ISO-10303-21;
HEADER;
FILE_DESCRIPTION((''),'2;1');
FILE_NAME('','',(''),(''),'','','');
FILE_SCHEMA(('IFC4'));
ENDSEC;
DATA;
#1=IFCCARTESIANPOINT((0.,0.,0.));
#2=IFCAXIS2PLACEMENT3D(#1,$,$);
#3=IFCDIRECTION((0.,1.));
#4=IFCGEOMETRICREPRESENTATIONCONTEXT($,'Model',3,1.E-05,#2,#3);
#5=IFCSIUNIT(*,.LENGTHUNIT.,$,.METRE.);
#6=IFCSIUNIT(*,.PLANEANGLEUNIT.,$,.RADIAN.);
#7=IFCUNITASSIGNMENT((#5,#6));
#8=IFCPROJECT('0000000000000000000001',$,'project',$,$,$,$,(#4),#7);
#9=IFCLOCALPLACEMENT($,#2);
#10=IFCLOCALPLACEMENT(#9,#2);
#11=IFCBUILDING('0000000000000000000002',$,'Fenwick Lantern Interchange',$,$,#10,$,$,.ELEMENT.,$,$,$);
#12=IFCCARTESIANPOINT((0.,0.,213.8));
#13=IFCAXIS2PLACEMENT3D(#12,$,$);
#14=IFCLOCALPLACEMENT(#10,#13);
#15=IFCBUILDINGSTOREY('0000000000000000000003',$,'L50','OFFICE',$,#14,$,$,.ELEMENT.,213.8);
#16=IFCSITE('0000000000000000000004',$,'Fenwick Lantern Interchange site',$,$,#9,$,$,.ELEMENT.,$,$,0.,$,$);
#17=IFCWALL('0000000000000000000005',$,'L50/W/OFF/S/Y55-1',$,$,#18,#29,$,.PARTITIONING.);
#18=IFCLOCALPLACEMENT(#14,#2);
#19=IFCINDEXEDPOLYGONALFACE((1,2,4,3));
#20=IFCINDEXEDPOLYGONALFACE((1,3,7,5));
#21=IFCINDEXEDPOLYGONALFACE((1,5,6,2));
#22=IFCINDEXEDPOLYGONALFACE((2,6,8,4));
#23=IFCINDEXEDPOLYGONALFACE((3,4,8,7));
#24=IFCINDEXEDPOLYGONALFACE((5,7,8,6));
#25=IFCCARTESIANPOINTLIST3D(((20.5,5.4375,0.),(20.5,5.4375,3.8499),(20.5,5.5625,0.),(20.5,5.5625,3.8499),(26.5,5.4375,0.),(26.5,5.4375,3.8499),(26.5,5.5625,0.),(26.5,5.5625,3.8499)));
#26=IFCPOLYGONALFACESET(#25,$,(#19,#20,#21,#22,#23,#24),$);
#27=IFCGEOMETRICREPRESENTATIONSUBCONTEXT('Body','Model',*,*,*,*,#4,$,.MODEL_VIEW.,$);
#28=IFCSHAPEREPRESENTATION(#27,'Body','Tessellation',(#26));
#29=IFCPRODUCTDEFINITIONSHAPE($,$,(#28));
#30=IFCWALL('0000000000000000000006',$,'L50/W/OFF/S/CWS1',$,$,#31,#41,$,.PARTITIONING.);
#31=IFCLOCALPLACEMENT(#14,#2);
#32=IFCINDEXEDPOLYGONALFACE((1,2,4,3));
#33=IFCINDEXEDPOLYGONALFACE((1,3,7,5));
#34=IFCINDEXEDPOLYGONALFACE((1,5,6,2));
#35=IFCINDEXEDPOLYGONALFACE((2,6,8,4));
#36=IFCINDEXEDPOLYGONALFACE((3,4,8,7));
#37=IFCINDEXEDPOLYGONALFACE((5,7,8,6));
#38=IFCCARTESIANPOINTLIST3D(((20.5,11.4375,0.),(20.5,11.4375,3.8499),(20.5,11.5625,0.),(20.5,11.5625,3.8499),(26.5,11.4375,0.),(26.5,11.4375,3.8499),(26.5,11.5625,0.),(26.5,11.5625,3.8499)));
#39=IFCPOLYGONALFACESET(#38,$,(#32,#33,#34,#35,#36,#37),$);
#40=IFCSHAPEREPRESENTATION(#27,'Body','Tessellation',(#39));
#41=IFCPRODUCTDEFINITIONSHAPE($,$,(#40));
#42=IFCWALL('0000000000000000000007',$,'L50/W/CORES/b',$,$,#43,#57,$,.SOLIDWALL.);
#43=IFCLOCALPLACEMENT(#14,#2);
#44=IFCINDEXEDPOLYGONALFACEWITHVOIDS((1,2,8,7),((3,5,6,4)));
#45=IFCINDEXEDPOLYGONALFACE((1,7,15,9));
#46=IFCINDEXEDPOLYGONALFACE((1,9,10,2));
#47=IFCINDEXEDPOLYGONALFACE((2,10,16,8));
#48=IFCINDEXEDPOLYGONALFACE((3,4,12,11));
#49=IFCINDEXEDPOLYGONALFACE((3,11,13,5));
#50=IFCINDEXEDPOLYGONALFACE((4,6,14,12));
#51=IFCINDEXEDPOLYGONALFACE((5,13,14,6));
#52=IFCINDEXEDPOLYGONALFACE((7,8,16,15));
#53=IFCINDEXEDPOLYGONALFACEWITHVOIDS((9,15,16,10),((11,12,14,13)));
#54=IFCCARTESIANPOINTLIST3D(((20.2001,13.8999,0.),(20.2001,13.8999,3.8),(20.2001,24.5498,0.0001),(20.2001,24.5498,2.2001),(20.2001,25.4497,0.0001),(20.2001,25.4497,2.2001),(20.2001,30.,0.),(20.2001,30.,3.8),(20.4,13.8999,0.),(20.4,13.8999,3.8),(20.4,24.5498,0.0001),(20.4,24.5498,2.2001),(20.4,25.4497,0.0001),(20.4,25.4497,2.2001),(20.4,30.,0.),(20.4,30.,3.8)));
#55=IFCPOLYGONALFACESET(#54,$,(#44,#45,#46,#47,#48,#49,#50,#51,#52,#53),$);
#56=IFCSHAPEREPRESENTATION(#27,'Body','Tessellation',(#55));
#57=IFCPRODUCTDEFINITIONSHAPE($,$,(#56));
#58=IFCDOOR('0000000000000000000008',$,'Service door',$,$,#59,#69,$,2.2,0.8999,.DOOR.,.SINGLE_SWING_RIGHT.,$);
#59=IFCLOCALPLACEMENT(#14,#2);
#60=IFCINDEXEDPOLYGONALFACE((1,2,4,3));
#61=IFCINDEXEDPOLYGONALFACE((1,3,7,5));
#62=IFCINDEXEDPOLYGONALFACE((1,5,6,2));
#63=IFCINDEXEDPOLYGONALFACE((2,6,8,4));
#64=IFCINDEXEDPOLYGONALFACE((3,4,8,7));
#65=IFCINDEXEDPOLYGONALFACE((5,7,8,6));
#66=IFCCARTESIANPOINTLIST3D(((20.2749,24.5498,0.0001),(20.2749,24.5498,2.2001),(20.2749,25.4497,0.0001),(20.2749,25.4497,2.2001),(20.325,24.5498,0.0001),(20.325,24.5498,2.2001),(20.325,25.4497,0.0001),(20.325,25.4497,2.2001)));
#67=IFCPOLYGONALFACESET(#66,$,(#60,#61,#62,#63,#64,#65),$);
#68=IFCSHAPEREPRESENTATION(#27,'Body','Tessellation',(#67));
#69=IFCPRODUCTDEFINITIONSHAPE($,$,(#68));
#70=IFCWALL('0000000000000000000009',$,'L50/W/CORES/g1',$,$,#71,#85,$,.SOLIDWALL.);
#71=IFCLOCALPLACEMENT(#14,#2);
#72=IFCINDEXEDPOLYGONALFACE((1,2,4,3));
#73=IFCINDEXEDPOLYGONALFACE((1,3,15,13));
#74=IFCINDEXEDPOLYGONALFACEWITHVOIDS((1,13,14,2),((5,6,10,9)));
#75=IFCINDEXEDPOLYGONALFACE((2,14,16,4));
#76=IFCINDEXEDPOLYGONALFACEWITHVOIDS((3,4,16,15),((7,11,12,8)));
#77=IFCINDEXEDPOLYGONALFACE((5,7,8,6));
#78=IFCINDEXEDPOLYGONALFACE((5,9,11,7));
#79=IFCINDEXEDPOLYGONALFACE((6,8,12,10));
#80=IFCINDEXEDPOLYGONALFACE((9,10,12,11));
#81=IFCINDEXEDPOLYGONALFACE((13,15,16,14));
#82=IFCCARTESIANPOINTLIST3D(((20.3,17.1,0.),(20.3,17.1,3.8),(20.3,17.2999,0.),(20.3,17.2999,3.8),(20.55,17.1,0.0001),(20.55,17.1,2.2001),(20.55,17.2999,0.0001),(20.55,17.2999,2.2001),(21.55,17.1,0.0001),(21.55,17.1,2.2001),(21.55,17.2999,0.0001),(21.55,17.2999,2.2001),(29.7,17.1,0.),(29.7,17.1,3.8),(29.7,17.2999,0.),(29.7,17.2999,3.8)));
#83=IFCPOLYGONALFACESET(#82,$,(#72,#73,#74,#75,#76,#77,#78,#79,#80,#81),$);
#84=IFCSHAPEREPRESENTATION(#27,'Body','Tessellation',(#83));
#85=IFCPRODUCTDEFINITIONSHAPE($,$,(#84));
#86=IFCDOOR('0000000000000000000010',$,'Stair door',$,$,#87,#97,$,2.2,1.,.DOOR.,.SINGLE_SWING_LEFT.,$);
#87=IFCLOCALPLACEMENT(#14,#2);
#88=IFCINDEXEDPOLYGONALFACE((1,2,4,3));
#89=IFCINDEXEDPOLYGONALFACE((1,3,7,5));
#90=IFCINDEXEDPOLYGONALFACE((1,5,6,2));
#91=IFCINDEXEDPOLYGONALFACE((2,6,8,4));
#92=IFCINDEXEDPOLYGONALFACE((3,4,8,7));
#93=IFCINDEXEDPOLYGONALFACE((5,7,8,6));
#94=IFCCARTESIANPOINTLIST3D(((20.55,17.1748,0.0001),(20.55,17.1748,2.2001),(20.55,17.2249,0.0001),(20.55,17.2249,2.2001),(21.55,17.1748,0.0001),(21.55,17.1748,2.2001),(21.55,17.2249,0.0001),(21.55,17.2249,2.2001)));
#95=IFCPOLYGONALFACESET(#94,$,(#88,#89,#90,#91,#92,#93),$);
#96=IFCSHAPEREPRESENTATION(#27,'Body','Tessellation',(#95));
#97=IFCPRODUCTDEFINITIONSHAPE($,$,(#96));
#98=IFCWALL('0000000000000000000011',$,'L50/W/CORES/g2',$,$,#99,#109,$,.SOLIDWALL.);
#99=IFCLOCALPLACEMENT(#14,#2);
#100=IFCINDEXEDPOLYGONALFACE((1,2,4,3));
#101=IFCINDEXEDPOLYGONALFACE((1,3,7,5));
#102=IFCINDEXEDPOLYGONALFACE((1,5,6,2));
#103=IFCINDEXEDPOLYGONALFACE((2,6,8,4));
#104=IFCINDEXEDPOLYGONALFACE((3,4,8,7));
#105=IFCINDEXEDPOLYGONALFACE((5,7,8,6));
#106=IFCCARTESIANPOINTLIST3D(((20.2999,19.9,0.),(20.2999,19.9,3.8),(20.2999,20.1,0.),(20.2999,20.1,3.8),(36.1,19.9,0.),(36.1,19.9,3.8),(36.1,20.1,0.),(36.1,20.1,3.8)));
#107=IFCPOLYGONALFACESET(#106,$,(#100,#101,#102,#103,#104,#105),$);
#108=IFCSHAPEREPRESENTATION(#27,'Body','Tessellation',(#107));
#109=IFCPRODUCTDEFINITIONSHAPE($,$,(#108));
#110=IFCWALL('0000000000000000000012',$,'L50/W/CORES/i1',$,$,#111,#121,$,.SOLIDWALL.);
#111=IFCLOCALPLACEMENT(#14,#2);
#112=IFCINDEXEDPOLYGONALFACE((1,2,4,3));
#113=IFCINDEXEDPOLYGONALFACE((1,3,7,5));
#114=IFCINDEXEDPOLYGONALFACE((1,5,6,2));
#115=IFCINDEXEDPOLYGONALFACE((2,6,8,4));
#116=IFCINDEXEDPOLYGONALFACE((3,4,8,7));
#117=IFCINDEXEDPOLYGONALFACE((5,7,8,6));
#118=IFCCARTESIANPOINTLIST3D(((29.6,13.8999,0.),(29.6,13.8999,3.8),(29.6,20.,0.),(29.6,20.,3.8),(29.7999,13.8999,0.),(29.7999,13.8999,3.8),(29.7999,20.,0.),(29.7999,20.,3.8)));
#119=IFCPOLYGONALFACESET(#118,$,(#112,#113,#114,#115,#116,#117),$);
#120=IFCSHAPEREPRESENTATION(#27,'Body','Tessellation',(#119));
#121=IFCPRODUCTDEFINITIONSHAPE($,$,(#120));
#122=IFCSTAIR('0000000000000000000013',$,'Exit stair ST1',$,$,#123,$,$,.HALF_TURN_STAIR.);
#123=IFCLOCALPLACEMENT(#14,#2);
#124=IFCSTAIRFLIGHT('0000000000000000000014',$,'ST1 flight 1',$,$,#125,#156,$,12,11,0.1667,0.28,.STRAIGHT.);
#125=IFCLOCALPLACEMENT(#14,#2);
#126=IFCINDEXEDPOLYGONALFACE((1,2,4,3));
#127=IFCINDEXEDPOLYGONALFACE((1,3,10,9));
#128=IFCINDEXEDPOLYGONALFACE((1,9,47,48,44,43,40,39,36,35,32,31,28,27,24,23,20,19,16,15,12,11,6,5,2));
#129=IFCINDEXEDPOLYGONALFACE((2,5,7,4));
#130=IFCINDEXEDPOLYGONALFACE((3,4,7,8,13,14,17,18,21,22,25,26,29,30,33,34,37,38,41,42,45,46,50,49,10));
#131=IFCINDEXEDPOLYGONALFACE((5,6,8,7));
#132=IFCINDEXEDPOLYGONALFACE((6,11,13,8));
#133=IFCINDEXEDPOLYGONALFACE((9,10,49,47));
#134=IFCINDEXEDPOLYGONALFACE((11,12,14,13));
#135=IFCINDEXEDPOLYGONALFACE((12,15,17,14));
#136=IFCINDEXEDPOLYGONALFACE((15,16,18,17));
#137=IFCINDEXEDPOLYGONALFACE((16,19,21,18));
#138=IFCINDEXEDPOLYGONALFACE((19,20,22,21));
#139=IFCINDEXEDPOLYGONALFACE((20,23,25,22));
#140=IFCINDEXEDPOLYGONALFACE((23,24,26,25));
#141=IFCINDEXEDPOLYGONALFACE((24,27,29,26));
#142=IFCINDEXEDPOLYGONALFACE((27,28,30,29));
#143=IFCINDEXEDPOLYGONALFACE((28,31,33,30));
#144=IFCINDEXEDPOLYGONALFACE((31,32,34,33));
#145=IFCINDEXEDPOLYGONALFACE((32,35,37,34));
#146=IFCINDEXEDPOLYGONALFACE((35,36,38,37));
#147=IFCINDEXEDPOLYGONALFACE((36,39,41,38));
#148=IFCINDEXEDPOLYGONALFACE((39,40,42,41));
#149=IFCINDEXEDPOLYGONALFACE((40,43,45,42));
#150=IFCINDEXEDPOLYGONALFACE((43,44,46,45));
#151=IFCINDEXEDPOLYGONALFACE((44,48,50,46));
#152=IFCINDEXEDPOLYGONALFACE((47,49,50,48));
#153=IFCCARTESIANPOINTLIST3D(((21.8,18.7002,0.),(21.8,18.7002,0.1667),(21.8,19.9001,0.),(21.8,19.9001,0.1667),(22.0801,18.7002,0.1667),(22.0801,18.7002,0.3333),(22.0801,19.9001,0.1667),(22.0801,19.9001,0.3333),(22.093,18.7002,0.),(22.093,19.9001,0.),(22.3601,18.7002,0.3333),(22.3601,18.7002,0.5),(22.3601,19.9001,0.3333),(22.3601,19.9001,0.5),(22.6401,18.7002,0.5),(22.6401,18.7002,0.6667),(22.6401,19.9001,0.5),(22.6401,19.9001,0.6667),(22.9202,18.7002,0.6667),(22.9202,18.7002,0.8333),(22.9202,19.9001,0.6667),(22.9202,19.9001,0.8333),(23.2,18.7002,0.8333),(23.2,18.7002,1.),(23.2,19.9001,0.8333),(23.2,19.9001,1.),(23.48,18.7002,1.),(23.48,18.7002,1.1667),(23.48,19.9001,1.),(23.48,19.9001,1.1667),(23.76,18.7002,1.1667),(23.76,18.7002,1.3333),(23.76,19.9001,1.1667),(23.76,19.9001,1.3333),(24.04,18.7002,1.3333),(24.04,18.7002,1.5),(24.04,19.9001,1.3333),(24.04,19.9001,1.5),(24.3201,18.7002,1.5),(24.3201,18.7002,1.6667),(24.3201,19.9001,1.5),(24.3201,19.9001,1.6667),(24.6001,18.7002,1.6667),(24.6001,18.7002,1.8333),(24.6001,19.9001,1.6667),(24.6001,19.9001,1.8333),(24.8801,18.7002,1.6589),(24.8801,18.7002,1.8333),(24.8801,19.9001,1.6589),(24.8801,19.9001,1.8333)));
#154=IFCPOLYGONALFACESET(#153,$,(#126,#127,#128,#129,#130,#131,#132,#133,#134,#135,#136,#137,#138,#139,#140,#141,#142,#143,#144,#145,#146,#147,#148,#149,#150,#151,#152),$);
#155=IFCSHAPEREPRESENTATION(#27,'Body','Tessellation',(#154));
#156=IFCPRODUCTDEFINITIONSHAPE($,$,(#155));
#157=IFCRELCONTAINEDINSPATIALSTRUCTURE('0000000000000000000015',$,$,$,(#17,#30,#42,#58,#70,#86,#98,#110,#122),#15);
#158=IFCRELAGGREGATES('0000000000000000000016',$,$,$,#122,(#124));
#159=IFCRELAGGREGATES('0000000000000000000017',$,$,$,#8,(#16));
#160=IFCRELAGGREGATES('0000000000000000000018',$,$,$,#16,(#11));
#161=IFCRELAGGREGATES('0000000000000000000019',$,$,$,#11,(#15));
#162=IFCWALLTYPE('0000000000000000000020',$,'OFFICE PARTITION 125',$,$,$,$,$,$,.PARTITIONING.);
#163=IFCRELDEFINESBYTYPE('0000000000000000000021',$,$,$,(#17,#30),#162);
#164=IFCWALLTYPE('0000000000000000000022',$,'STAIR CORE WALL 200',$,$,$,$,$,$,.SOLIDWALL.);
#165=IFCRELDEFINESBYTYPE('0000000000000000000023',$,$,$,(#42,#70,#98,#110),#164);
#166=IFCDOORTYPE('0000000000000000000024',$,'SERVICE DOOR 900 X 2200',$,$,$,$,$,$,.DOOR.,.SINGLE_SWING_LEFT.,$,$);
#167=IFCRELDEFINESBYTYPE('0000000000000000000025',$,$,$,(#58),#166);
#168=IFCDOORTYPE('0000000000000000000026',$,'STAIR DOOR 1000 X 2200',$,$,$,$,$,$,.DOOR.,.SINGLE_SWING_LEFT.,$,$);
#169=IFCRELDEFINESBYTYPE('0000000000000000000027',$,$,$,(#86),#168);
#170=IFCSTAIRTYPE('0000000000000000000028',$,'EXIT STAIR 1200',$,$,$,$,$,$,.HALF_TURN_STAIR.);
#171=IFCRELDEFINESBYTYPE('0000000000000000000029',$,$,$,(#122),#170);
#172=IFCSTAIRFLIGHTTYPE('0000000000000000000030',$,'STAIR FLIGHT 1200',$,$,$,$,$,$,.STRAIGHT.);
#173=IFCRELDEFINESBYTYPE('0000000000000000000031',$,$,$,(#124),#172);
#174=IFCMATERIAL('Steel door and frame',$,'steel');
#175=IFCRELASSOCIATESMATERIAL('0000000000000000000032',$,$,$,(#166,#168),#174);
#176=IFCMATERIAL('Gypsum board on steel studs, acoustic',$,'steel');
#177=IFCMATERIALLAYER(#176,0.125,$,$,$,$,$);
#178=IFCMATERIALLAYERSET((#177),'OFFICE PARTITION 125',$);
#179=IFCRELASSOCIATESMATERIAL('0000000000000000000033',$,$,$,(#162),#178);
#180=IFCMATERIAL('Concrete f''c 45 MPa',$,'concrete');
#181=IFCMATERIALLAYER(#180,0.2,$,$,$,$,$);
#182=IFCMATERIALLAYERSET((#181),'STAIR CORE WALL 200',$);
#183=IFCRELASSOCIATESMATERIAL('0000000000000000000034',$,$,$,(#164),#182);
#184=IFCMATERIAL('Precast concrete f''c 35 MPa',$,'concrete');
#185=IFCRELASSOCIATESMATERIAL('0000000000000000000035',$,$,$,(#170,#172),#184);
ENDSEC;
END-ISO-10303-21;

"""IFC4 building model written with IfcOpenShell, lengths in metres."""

from ifc_helpers import new_model, si_unit, direction, frame, frame_2d, origin, place, context, subcontext, project, spatial, polyline, rectangle, outline, extrude, material, layer, layer_set, type_object, element, fill, aggregate, save


model = new_model("IFC4")

# Units and contexts
model_context = context("Model", 3, precision=1e-05, world=origin(), true_north=direction((0.0, 1.0)))
body_context = subcontext(model_context, "Body", "Model", "MODEL_VIEW")
ifc_project = project(units=[si_unit("LENGTHUNIT", "METRE"), si_unit("PLANEANGLEUNIT", "RADIAN")], contexts=[model_context])

# Site, building, storey
site_placement = place(None, origin())
site = spatial("IfcSite", under=ifc_project, at=site_placement, Name="Fenwick Lantern Interchange site", CompositionType="ELEMENT", RefElevation=0.0)
building_placement = place(site_placement, origin())
building = spatial("IfcBuilding", under=site, at=building_placement, Name="Fenwick Lantern Interchange", CompositionType="ELEMENT")
storey_placement = place(building_placement, frame((0.0, 0.0, 213.8)))
storey = spatial("IfcBuildingStorey", under=building, at=storey_placement, Name="L50", Description="OFFICE", CompositionType="ELEMENT", Elevation=213.8)

# Shared definitions
ifc_material_1 = material(Name="Steel door and frame", Category="steel")
door_type_1 = type_object("IfcDoorType", Name="SERVICE DOOR 900 X 2200", OperationType="SINGLE_SWING_LEFT", PredefinedType="DOOR", material=ifc_material_1)

# Shared definitions
ifc_material_2 = material(Name="Gypsum board on steel studs, acoustic", Category="steel")
ifc_layer_1 = layer(ifc_material_2, 0.125)
ifc_layer_set_1 = layer_set([ifc_layer_1], Name="OFFICE PARTITION 125")
wall_type_1 = type_object("IfcWallType", Name="OFFICE PARTITION 125", PredefinedType="PARTITIONING", material=ifc_layer_set_1)

# Walls
for number, where, z_axis, x_axis, name in (
    (1, (20.5, 5.5, 0.0), (0.0, 0.0, 1.0), (1.0, 0.0, 0.0), "L50/W/OFF/S/Y55-1"),
    (2, (20.5, 11.5, 0.0), (0.0, 0.0, 1.0), (1.0, 0.0, 0.0), "L50/W/OFF/S/CWS1"),
):
    element("IfcWall", number, at=place(storey_placement, frame(where, z_axis=z_axis, x_axis=x_axis)), inside=storey, type_object=wall_type_1, Name=name, PredefinedType="PARTITIONING", context=body_context, shape_type="SweptSolid", body=[
        extrude(rectangle(XDim=6.0, YDim=0.125, at=frame_2d((3.0, 0.0))), origin(), (0.0, 0.0, 1.0), 3.8499),
    ])

# Walls, openings, doors
ifc_material_3 = material(Name="Concrete f'c 45 MPa", Category="concrete")
ifc_layer_2 = layer(ifc_material_3, 0.2)
ifc_layer_set_2 = layer_set([ifc_layer_2], Name="STAIR CORE WALL 200")
wall_type_2 = type_object("IfcWallType", Name="STAIR CORE WALL 200", PredefinedType="SOLIDWALL", material=ifc_layer_set_2)
wall_1_placement = place(storey_placement, frame((20.3, 13.8999, 0.0), z_axis=(0.0, 0.0, 1.0), x_axis=(0.0, 1.0, 0.0)))
wall_1 = element("IfcWall", 3, at=wall_1_placement, inside=storey, type_object=wall_type_2, Name="L50/W/CORES/b", PredefinedType="SOLIDWALL", context=body_context, shape_type="SweptSolid", body=[
    extrude(rectangle(XDim=16.1001, YDim=0.2, at=frame_2d((8.05, 0.0))), origin(), (0.0, 0.0, 1.0), 3.8),
])
opening_1_placement = place(wall_1_placement, frame((10.6499, 0.0, 0.0)))
opening_1 = element("IfcOpeningElement", 4, at=opening_1_placement, cuts=wall_1, PredefinedType="OPENING", context=body_context, shape_type="SweptSolid", body=[
    extrude(rectangle(XDim=0.8999, YDim=2.2, at=frame_2d((0.45, 1.1001))), frame((0.0, 0.1099, 0.0), z_axis=(0.0, -1.0, 0.0), x_axis=(1.0, 0.0, 0.0)), (0.0, 0.0, 1.0), 0.22),
])
door_1_placement = place(opening_1_placement, frame((0.8999, 0.0, 0.0), z_axis=(0.0, 0.0, 1.0), x_axis=(-1.0, 0.0, 0.0)))
door_1 = element("IfcDoor", 5, at=door_1_placement, inside=storey, type_object=door_type_1, Name="Service door", OperationType="SINGLE_SWING_RIGHT", OverallHeight=2.2, OverallWidth=0.8999, PredefinedType="DOOR", context=body_context, shape_type="SweptSolid", body=[
    extrude(rectangle(XDim=0.8999, YDim=2.2, at=frame_2d((0.45, 1.1001))), frame((0.0, 0.0249, 0.0), z_axis=(0.0, -1.0, 0.0), x_axis=(1.0, 0.0, 0.0)), (0.0, 0.0, 1.0), 0.05),
])
fill(opening_1, door_1)
wall_2_placement = place(storey_placement, frame((20.3, 17.2, 0.0), z_axis=(0.0, 0.0, 1.0), x_axis=(1.0, 0.0, 0.0)))
wall_2 = element("IfcWall", 6, at=wall_2_placement, inside=storey, type_object=wall_type_2, Name="L50/W/CORES/g1", PredefinedType="SOLIDWALL", context=body_context, shape_type="SweptSolid", body=[
    extrude(rectangle(XDim=9.3999, YDim=0.2, at=frame_2d((4.7, 0.0))), origin(), (0.0, 0.0, 1.0), 3.8),
])
opening_2_placement = place(wall_2_placement, frame((0.25, 0.0, 0.0)))
opening_2 = element("IfcOpeningElement", 7, at=opening_2_placement, cuts=wall_2, PredefinedType="OPENING", context=body_context, shape_type="SweptSolid", body=[
    extrude(rectangle(XDim=1.0, YDim=2.2, at=frame_2d((0.5, 1.1001))), frame((0.0, 0.1099, 0.0), z_axis=(0.0, -1.0, 0.0), x_axis=(1.0, 0.0, 0.0)), (0.0, 0.0, 1.0), 0.22),
])
door_type_2 = type_object("IfcDoorType", Name="STAIR DOOR 1000 X 2200", OperationType="SINGLE_SWING_LEFT", PredefinedType="DOOR", material=ifc_material_1)
door_2_placement = place(opening_2_placement, origin())
door_2 = element("IfcDoor", 8, at=door_2_placement, inside=storey, type_object=door_type_2, Name="Stair door", OperationType="SINGLE_SWING_LEFT", OverallHeight=2.2, OverallWidth=1.0, PredefinedType="DOOR", context=body_context, shape_type="SweptSolid", body=[
    extrude(rectangle(XDim=1.0, YDim=2.2, at=frame_2d((0.5, 1.1001))), frame((0.0, 0.0249, 0.0), z_axis=(0.0, -1.0, 0.0), x_axis=(1.0, 0.0, 0.0)), (0.0, 0.0, 1.0), 0.05),
])
fill(opening_2, door_2)

# Walls
wall_3_placement = place(storey_placement, frame((20.3, 20.0, 0.0), z_axis=(0.0, 0.0, 1.0), x_axis=(1.0, 0.0, 0.0)))
element("IfcWall", 9, at=wall_3_placement, inside=storey, type_object=wall_type_2, Name="L50/W/CORES/g2", PredefinedType="SOLIDWALL", context=body_context, shape_type="SweptSolid", body=[
    extrude(rectangle(XDim=15.8, YDim=0.2, at=frame_2d((7.8999, 0.0))), origin(), (0.0, 0.0, 1.0), 3.8),
])
wall_4_placement = place(storey_placement, frame((29.7, 13.8999, 0.0), z_axis=(0.0, 0.0, 1.0), x_axis=(0.0, 1.0, 0.0)))
element("IfcWall", 10, at=wall_4_placement, inside=storey, type_object=wall_type_2, Name="L50/W/CORES/i1", PredefinedType="SOLIDWALL", context=body_context, shape_type="SweptSolid", body=[
    extrude(rectangle(XDim=6.1001, YDim=0.2, at=frame_2d((3.05, 0.0))), origin(), (0.0, 0.0, 1.0), 3.8),
])

# Stair, stair flight
ifc_material_4 = material(Name="Precast concrete f'c 35 MPa", Category="concrete")
stair_type = type_object("IfcStairType", Name="EXIT STAIR 1200", PredefinedType="HALF_TURN_STAIR", material=ifc_material_4)
stair_placement = place(storey_placement, origin())
stair = element("IfcStair", 11, at=stair_placement, inside=storey, type_object=stair_type, Name="Exit stair ST1", PredefinedType="HALF_TURN_STAIR")
stair_flight_type = type_object("IfcStairFlightType", Name="STAIR FLIGHT 1200", PredefinedType="STRAIGHT", material=ifc_material_4)
stair_flight_1_placement = place(storey_placement, frame((21.8, 19.3, 0.0), z_axis=(0.0, 0.0, 1.0), x_axis=(1.0, 0.0, 0.0)))
stair_flight_1 = element("IfcStairFlight", 12, at=stair_flight_1_placement, type_object=stair_flight_type, Name="ST1 flight 1", NumberOfRisers=12, NumberOfTreads=11, PredefinedType="STRAIGHT", RiserHeight=0.1667, TreadLength=0.28, context=body_context, shape_type="SweptSolid", body=[
    extrude(outline(polyline([(0.0, 0.0), (0.0, 0.1667), (0.28, 0.1667), (0.28, 0.3333), (0.5601, 0.3333), (0.5601, 0.5), (0.8401, 0.5), (0.8401, 0.6667), (1.1201, 0.6667), (1.1201, 0.8333), (1.3999, 0.8333), (1.3999, 1.0), (1.6799, 1.0), (1.6799, 1.1667), (1.96, 1.1667), (1.96, 1.3333), (2.24, 1.3333), (2.24, 1.5), (2.52, 1.5), (2.52, 1.6667), (2.8, 1.6667), (2.8, 1.8333), (3.0801, 1.8333), (3.0801, 2.0), (3.0801, 1.6589), (0.293, 0.0), (0.0, 0.0)])), frame((0.0, 0.6001, 0.0), z_axis=(0.0, -1.0, 0.0), x_axis=(1.0, 0.0, 0.0)), (0.0, 0.0, 1.0), 1.2),
])
aggregate(stair, [stair_flight_1])

save(model, "model.ifc")
